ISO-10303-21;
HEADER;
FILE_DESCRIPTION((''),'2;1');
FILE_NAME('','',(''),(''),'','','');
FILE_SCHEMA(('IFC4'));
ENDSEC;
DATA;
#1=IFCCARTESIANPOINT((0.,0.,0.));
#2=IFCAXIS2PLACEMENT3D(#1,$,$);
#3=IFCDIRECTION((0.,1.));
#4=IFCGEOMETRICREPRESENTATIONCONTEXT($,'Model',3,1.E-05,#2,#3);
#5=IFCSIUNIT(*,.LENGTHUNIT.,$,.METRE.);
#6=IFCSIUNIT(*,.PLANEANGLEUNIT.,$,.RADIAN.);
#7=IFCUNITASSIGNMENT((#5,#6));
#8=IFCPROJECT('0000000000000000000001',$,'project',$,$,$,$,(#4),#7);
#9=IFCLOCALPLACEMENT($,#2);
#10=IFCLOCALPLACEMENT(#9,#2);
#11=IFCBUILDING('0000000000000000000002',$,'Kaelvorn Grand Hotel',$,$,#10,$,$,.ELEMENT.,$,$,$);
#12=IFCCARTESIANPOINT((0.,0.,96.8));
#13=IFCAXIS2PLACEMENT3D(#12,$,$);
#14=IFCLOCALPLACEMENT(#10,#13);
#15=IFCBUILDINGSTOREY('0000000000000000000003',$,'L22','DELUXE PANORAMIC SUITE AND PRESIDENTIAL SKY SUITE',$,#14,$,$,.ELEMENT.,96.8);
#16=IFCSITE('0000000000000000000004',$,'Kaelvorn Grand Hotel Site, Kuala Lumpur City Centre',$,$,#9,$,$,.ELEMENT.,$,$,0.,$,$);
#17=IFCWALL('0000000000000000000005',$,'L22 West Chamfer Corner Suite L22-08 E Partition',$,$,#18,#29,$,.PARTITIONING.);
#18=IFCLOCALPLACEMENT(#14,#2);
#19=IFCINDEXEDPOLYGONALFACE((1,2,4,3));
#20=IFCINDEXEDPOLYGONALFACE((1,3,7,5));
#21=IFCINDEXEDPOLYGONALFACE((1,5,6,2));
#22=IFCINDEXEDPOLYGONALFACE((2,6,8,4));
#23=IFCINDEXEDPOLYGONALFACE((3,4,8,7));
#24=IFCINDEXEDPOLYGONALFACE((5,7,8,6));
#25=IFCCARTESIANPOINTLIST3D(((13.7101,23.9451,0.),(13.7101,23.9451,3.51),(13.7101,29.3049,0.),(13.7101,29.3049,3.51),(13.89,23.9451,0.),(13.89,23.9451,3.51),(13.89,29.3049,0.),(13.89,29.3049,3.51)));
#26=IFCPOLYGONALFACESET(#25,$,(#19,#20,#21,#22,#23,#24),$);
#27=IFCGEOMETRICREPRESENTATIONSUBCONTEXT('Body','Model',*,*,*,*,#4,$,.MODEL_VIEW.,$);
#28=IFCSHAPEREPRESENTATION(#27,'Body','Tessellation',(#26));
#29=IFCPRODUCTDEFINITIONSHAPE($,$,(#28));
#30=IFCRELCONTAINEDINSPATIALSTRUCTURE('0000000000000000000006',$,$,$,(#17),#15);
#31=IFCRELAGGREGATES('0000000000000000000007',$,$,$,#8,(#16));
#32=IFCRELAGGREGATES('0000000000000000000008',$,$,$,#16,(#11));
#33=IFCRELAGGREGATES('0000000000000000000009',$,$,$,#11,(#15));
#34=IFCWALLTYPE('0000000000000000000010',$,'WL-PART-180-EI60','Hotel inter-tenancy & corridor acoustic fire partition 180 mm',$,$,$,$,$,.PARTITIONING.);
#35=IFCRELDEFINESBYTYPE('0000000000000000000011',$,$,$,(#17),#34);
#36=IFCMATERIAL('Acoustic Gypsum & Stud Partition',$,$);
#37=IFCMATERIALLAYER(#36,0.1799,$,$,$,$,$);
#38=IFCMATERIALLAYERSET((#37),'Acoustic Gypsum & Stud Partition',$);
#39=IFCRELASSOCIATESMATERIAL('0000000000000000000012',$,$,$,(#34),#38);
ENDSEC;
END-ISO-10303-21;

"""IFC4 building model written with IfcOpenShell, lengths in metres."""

from ifc_helpers import new_model, si_unit, direction, frame, frame_2d, origin, place, context, subcontext, project, spatial, rectangle, extrude, material, layer, layer_set, type_object, element, save


model = new_model("IFC4")

# Units and contexts
model_context = context("Model", 3, precision=1e-05, world=origin(), true_north=direction((0.0, 1.0)))
body_context = subcontext(model_context, "Body", "Model", "MODEL_VIEW")
ifc_project = project(units=[si_unit("LENGTHUNIT", "METRE"), si_unit("PLANEANGLEUNIT", "RADIAN")], contexts=[model_context])

# Site, building, storey
site_placement = place(None, origin())
site = spatial("IfcSite", under=ifc_project, at=site_placement, Name="Kaelvorn Grand Hotel Site, Kuala Lumpur City Centre", CompositionType="ELEMENT", RefElevation=0.0)
building_placement = place(site_placement, origin())
building = spatial("IfcBuilding", under=site, at=building_placement, Name="Kaelvorn Grand Hotel", CompositionType="ELEMENT")
storey_placement = place(building_placement, frame((0.0, 0.0, 96.8)))
storey = spatial("IfcBuildingStorey", under=building, at=storey_placement, Name="L22", Description="DELUXE PANORAMIC SUITE AND PRESIDENTIAL SKY SUITE", CompositionType="ELEMENT", Elevation=96.8)

# Shared definitions
ifc_material_1 = material(Name="Acoustic Gypsum & Stud Partition")
ifc_layer_1 = layer(ifc_material_1, 0.1799)
ifc_layer_set_1 = layer_set([ifc_layer_1], Name="Acoustic Gypsum & Stud Partition")
wall_type_1 = type_object("IfcWallType", Name="WL-PART-180-EI60", Description="Hotel inter-tenancy & corridor acoustic fire partition 180 mm", PredefinedType="PARTITIONING", material=ifc_layer_set_1)

# Wall
wall_1_placement = place(storey_placement, frame((13.8, 23.9451, 0.0), z_axis=(0.0, 0.0, 1.0), x_axis=(0.0, 1.0, 0.0)))
element("IfcWall", 1, at=wall_1_placement, inside=storey, type_object=wall_type_1, Name="L22 West Chamfer Corner Suite L22-08 E Partition", PredefinedType="PARTITIONING", context=body_context, shape_type="SweptSolid", body=[
    extrude(rectangle(XDim=5.3599, YDim=0.1799, at=frame_2d((2.6799, 0.0))), origin(), (0.0, 0.0, 1.0), 3.51),
])

save(model, "model.ifc")
